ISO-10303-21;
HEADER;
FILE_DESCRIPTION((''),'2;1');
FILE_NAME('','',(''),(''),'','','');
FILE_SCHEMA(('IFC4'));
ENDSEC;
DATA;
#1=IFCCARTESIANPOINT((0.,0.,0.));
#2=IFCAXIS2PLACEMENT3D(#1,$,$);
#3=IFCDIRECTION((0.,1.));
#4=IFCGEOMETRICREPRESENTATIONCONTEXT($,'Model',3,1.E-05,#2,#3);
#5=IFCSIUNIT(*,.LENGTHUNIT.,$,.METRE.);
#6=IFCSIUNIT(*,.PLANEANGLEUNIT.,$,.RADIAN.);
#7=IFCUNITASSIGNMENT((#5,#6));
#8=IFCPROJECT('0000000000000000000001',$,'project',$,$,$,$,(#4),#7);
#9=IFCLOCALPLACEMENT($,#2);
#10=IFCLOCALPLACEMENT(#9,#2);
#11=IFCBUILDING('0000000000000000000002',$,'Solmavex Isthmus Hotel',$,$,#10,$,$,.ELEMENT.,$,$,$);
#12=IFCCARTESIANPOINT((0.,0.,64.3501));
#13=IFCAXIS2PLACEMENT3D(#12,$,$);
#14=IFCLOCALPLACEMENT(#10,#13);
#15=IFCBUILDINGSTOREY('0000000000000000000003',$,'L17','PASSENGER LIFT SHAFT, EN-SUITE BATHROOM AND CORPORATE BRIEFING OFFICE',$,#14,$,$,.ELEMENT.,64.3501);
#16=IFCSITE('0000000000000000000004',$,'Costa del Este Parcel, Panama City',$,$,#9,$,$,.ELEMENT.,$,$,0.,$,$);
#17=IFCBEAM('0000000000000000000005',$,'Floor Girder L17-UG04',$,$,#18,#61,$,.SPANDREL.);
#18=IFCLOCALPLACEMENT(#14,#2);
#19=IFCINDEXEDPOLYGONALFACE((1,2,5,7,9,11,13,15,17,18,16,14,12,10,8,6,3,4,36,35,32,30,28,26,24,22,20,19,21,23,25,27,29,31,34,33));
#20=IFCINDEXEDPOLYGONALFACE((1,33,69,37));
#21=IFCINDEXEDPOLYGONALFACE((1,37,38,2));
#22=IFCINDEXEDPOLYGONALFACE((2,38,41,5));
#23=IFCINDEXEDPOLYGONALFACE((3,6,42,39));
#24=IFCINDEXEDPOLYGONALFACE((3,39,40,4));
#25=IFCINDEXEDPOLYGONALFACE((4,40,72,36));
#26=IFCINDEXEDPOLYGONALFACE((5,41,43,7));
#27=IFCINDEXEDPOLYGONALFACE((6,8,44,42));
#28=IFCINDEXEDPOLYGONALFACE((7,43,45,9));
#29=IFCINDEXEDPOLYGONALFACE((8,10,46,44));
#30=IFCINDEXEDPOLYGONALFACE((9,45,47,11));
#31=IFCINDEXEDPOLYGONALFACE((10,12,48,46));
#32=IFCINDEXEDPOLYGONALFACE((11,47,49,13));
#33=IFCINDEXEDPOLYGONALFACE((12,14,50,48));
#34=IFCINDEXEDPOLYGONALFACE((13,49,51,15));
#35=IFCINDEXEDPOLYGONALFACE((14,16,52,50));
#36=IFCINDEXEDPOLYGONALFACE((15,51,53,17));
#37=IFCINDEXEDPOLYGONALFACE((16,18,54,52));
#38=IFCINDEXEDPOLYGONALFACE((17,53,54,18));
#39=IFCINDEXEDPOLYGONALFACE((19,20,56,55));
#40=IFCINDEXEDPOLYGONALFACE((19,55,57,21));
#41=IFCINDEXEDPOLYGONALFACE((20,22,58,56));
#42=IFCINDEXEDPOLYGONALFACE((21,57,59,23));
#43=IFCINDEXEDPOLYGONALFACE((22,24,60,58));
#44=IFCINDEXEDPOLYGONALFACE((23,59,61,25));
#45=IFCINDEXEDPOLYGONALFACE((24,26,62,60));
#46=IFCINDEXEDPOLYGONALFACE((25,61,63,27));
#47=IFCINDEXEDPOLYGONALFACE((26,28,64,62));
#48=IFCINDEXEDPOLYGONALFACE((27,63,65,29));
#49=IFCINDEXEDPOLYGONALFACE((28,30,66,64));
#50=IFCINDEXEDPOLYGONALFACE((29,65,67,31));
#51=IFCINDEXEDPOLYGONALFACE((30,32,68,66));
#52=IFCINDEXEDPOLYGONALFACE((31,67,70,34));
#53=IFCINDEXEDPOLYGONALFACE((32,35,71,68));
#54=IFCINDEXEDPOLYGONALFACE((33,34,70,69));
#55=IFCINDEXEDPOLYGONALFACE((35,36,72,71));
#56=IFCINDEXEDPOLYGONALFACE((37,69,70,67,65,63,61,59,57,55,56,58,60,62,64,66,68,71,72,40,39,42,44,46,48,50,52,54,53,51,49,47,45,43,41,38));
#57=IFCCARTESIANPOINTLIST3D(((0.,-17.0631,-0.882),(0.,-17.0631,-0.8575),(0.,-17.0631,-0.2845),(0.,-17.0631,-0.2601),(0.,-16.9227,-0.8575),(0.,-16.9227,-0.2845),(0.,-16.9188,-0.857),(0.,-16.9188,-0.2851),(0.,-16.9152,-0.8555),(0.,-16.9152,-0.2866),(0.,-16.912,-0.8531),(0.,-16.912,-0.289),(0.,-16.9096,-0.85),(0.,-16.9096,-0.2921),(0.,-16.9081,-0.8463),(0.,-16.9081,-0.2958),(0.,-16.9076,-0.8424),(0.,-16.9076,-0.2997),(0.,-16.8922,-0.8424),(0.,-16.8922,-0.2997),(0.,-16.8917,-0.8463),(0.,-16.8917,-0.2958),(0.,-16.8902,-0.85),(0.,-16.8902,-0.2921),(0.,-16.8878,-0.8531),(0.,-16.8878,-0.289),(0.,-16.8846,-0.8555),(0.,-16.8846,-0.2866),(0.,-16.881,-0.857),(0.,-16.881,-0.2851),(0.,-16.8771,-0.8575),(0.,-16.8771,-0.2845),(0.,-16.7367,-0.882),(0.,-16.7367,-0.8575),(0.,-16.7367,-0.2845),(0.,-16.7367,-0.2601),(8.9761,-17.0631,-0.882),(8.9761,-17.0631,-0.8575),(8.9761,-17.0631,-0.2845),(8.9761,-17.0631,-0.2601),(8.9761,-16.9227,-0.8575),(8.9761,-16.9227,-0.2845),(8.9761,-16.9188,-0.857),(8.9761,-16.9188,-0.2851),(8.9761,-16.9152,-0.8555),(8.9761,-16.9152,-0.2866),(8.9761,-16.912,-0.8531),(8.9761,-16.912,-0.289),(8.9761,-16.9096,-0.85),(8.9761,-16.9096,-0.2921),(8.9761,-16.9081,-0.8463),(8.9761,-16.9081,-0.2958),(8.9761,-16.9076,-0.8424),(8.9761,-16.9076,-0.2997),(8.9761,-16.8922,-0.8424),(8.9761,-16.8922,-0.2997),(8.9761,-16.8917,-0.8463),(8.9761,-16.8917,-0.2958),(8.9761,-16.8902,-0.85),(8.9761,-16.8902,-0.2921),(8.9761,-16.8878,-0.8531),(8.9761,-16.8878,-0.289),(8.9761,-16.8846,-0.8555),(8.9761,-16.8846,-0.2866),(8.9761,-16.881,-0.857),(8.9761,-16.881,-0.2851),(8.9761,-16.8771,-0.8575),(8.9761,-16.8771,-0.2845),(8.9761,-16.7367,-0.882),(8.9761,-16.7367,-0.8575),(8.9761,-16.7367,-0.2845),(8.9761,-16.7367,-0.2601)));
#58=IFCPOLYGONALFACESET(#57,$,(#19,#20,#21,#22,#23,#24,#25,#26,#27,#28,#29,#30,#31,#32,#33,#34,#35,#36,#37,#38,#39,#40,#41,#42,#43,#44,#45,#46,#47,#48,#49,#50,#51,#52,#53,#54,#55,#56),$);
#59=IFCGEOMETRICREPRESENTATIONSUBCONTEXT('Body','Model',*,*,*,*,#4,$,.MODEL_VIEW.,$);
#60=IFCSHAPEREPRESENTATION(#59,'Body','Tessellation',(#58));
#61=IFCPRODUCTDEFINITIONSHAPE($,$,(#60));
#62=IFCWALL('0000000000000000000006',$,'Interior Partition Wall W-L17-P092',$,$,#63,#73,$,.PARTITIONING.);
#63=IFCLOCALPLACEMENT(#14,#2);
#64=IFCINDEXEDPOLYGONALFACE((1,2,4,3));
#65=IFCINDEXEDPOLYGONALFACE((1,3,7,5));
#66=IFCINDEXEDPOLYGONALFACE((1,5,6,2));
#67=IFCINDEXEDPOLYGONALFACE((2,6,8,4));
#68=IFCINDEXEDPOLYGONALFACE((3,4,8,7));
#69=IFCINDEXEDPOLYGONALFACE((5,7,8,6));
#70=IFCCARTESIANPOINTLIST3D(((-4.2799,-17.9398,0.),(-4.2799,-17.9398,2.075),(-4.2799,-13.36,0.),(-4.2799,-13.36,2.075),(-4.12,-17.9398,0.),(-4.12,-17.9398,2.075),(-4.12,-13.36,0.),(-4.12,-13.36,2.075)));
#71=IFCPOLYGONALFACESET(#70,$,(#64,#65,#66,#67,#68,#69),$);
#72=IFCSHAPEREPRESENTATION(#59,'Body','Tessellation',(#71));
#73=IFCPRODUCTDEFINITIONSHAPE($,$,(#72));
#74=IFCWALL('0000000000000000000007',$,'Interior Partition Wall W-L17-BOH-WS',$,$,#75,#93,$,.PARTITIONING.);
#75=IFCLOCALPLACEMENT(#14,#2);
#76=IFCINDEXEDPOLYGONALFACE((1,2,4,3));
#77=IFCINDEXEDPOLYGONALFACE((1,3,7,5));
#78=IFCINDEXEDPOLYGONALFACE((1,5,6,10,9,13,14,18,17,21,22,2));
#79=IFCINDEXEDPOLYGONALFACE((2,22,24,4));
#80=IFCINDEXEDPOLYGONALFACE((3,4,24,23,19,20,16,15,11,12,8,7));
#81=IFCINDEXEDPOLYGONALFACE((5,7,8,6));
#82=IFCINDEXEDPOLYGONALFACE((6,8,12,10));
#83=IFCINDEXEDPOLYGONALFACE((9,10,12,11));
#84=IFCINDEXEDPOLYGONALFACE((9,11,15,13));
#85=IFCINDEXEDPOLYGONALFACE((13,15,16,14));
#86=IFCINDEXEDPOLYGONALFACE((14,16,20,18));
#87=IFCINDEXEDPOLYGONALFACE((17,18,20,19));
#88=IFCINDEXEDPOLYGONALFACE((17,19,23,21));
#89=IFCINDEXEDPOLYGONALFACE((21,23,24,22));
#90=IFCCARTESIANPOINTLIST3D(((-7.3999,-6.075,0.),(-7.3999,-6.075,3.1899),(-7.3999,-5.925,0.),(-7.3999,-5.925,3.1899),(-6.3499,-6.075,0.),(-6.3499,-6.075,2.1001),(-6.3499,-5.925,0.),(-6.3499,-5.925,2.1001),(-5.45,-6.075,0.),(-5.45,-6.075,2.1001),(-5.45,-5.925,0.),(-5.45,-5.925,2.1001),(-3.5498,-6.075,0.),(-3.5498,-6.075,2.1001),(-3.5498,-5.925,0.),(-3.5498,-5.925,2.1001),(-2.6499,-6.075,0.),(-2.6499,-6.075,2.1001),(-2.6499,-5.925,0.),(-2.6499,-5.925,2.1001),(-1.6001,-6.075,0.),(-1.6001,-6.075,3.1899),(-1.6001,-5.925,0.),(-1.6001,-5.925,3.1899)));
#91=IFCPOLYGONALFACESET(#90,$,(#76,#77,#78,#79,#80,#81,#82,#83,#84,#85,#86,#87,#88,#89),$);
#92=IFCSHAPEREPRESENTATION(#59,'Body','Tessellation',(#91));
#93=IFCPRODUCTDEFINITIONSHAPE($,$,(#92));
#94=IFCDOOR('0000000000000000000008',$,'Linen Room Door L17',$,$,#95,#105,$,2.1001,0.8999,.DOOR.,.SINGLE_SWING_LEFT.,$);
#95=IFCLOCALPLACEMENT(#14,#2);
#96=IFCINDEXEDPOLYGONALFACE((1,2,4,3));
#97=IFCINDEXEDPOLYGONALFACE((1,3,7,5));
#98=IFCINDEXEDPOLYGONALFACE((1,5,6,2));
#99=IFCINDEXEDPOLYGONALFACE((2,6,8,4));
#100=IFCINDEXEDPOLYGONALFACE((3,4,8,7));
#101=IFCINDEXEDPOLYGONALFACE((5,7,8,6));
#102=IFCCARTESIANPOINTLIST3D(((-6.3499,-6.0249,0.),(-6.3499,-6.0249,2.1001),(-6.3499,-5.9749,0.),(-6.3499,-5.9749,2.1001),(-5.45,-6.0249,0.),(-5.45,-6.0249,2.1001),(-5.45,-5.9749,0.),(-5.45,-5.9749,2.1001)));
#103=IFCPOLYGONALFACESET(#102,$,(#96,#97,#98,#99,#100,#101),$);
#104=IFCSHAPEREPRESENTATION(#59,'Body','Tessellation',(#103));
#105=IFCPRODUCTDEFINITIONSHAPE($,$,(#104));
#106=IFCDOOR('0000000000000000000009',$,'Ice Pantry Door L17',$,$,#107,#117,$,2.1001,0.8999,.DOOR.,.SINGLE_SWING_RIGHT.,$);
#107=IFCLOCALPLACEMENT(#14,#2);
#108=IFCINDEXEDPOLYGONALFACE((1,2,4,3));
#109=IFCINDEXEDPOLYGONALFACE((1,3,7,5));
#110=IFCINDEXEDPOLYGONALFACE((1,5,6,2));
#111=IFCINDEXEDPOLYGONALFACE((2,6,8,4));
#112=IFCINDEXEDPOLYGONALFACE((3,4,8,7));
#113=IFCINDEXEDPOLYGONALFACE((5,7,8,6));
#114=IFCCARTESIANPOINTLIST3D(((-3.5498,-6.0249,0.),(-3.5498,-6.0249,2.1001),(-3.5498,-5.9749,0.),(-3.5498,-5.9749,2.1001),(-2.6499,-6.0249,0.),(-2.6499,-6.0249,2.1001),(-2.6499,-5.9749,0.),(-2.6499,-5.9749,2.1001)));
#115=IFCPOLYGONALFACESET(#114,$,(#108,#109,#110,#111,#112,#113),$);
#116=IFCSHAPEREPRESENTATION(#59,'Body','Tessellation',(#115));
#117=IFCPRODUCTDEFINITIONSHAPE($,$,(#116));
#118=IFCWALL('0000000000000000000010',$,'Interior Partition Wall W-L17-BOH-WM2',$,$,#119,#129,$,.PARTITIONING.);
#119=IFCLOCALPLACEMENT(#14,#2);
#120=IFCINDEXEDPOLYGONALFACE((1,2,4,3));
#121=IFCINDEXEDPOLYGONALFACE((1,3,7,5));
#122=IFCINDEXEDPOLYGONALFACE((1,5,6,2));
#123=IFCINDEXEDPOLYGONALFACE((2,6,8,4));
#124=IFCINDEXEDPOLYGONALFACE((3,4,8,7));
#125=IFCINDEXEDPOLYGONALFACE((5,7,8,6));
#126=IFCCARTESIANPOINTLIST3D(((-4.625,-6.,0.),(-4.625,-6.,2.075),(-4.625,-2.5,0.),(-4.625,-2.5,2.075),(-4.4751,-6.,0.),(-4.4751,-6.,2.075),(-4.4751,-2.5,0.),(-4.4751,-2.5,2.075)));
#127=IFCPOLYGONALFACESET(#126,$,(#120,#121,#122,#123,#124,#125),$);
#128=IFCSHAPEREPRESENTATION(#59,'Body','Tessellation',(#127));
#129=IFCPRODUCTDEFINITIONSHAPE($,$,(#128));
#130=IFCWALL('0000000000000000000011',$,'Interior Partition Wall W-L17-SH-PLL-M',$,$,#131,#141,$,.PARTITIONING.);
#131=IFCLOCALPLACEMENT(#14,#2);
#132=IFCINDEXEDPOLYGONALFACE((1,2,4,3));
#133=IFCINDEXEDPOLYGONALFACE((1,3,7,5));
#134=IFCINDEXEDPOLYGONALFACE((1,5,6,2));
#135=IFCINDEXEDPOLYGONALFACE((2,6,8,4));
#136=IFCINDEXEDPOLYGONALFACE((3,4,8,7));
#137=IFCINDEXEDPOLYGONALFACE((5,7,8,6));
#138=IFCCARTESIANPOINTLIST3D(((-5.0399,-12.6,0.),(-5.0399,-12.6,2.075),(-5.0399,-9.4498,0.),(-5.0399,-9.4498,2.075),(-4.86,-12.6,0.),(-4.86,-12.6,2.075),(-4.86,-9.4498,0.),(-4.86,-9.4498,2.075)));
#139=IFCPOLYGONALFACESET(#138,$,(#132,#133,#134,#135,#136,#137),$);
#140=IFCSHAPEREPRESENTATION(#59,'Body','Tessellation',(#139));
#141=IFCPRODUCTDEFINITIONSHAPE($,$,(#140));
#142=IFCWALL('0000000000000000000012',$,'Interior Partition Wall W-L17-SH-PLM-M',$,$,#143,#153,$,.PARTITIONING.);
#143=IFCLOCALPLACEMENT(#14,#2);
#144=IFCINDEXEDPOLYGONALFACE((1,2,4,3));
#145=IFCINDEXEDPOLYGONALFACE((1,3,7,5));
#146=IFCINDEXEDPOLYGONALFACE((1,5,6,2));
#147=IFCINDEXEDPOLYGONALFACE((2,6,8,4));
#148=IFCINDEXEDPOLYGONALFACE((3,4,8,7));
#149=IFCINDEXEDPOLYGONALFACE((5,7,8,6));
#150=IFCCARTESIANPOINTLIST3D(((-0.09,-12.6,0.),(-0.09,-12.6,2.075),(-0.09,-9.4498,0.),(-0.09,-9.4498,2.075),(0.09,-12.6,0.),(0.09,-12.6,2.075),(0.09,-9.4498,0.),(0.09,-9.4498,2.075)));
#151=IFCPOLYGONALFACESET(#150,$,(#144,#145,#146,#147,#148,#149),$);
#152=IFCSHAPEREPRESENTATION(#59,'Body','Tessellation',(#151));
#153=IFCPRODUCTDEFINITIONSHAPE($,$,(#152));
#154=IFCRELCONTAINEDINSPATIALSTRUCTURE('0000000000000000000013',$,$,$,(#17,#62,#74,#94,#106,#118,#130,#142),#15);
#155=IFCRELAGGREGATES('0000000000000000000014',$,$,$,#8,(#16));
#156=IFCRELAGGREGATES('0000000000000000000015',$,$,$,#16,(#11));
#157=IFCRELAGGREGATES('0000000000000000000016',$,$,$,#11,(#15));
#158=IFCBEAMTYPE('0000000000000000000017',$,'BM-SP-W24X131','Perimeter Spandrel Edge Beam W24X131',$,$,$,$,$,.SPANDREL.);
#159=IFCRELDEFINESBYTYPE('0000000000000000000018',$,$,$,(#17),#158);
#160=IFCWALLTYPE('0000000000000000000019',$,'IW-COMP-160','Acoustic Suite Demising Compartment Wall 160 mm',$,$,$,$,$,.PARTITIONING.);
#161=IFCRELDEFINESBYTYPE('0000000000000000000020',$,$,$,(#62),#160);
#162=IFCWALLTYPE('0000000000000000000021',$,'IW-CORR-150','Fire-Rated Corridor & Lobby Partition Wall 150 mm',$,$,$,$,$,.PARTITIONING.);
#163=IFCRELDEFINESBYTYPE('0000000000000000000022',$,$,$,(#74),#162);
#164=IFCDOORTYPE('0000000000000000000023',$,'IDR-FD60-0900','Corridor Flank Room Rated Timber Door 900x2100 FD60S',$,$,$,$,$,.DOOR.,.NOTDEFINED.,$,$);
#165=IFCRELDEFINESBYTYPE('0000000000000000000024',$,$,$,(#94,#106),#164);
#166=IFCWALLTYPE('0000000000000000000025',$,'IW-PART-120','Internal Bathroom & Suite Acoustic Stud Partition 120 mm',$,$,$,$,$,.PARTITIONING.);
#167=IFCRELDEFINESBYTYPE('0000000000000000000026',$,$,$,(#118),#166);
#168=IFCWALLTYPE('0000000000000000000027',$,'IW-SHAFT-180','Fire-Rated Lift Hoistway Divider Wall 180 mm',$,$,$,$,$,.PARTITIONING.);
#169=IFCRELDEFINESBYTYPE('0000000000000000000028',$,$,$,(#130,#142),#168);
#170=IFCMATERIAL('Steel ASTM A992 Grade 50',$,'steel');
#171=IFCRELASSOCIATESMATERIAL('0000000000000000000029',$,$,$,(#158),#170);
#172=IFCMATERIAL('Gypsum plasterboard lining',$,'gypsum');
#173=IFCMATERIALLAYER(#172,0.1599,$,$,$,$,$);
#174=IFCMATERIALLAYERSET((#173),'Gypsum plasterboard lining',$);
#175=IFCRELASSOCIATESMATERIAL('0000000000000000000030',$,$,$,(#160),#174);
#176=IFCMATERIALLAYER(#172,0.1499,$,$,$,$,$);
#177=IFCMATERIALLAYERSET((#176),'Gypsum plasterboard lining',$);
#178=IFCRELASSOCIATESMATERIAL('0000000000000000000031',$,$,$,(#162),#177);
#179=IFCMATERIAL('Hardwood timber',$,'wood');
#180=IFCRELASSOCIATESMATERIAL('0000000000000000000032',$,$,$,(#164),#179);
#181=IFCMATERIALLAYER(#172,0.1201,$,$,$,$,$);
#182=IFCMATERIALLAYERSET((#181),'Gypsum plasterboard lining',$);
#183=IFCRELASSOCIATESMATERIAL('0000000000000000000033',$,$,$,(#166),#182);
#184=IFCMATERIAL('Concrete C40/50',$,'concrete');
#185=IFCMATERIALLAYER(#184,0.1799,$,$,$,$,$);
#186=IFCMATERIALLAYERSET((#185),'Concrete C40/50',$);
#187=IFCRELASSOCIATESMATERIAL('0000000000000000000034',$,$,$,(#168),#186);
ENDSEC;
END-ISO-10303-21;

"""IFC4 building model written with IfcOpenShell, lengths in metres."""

from ifc_helpers import new_model, si_unit, direction, frame, frame_2d, origin, origin_2d, place, context, subcontext, project, spatial, rectangle, i_section, extrude, material, layer, layer_set, material_profile, profile_set, type_object, element, fill, save


model = new_model("IFC4")

# Units and contexts
model_context = context("Model", 3, precision=1e-05, world=origin(), true_north=direction((0.0, 1.0)))
body_context = subcontext(model_context, "Body", "Model", "MODEL_VIEW")
ifc_project = project(units=[si_unit("LENGTHUNIT", "METRE"), si_unit("PLANEANGLEUNIT", "RADIAN")], contexts=[model_context])

# Site, building, storey
site_placement = place(None, origin())
site = spatial("IfcSite", under=ifc_project, at=site_placement, Name="Costa del Este Parcel, Panama City", CompositionType="ELEMENT", RefElevation=0.0)
building_placement = place(site_placement, origin())
building = spatial("IfcBuilding", under=site, at=building_placement, Name="Solmavex Isthmus Hotel", CompositionType="ELEMENT")
storey_placement = place(building_placement, frame((0.0, 0.0, 64.3501)))
storey = spatial("IfcBuildingStorey", under=building, at=storey_placement, Name="L17", Description="PASSENGER LIFT SHAFT, EN-SUITE BATHROOM AND CORPORATE BRIEFING OFFICE", CompositionType="ELEMENT", Elevation=64.3501)

# Beam
ifc_material_1 = material(Name="Steel ASTM A992 Grade 50", Category="steel")
ifc_material_profile_1 = material_profile(ifc_material_1, i_section(OverallWidth=0.3264, OverallDepth=0.6218, WebThickness=0.0154, FlangeThickness=0.0244, FilletRadius=0.0151, at=origin_2d()), Name="W24X131")
ifc_profile_set_1 = profile_set([ifc_material_profile_1], Name="Steel ASTM A992 Grade 50")
beam_type_1 = type_object("IfcBeamType", Name="BM-SP-W24X131", Description="Perimeter Spandrel Edge Beam W24X131", PredefinedType="SPANDREL", material=ifc_profile_set_1)
beam_1_placement = place(storey_placement, frame((0.0, -16.8999, -0.571), z_axis=(1.0, 0.0, 0.0), x_axis=(0.0, 1.0, 0.0)))
element("IfcBeam", 1, at=beam_1_placement, inside=storey, type_object=beam_type_1, Name="Floor Girder L17-UG04", PredefinedType="SPANDREL", context=body_context, shape_type="SweptSolid", body=[
    extrude(i_section(OverallWidth=0.3264, OverallDepth=0.6218, WebThickness=0.0154, FlangeThickness=0.0244, FilletRadius=0.0151, at=origin_2d()), origin(), (0.0, 0.0, 1.0), 8.9761),
])

# Wall
ifc_material_2 = material(Name="Gypsum plasterboard lining", Category="gypsum")
ifc_layer_1 = layer(ifc_material_2, 0.1599)
ifc_layer_set_1 = layer_set([ifc_layer_1], Name="Gypsum plasterboard lining")
wall_type_1 = type_object("IfcWallType", Name="IW-COMP-160", Description="Acoustic Suite Demising Compartment Wall 160 mm", PredefinedType="PARTITIONING", material=ifc_layer_set_1)
wall_1_placement = place(storey_placement, frame((-4.2, -17.9399, 0.0), z_axis=(0.0, 0.0, 1.0), x_axis=(0.0, 1.0, 0.0)))
element("IfcWall", 2, at=wall_1_placement, inside=storey, type_object=wall_type_1, Name="Interior Partition Wall W-L17-P092", PredefinedType="PARTITIONING", context=body_context, shape_type="SweptSolid", body=[
    extrude(rectangle(XDim=4.5798, YDim=0.1599, at=frame_2d((2.29, 0.0))), origin(), (0.0, 0.0, 1.0), 2.075),
])

# Wall, openings, doors
ifc_layer_2 = layer(ifc_material_2, 0.1499)
ifc_layer_set_2 = layer_set([ifc_layer_2], Name="Gypsum plasterboard lining")
wall_type_2 = type_object("IfcWallType", Name="IW-CORR-150", Description="Fire-Rated Corridor & Lobby Partition Wall 150 mm", PredefinedType="PARTITIONING", material=ifc_layer_set_2)
wall_2_placement = place(storey_placement, frame((-7.3999, -6.0, 0.0), z_axis=(0.0, 0.0, 1.0), x_axis=(1.0, 0.0, 0.0)))
wall_2 = element("IfcWall", 3, at=wall_2_placement, inside=storey, type_object=wall_type_2, Name="Interior Partition Wall W-L17-BOH-WS", PredefinedType="PARTITIONING", context=body_context, shape_type="SweptSolid", body=[
    extrude(rectangle(XDim=5.7998, YDim=0.1499, at=frame_2d((2.8999, 0.0))), origin(), (0.0, 0.0, 1.0), 3.1899),
])
opening_1_placement = place(wall_2_placement, frame((1.05, 0.0, 0.0)))
opening_1 = element("IfcOpeningElement", 4, at=opening_1_placement, cuts=wall_2, PredefinedType="OPENING", context=body_context, shape_type="SweptSolid", body=[
    extrude(rectangle(XDim=0.8999, YDim=2.1001, at=frame_2d((0.45, 1.05))), frame((0.0, 0.085, 0.0), z_axis=(0.0, -1.0, 0.0), x_axis=(1.0, 0.0, 0.0)), (0.0, 0.0, 1.0), 0.1699),
])
opening_2_placement = place(wall_2_placement, frame((3.8501, 0.0, 0.0)))
opening_2 = element("IfcOpeningElement", 5, at=opening_2_placement, cuts=wall_2, PredefinedType="OPENING", context=body_context, shape_type="SweptSolid", body=[
    extrude(rectangle(XDim=0.8999, YDim=2.1001, at=frame_2d((0.45, 1.05))), frame((0.0, 0.085, 0.0), z_axis=(0.0, -1.0, 0.0), x_axis=(1.0, 0.0, 0.0)), (0.0, 0.0, 1.0), 0.1699),
])
ifc_material_3 = material(Name="Hardwood timber", Category="wood")
door_type_1 = type_object("IfcDoorType", Name="IDR-FD60-0900", Description="Corridor Flank Room Rated Timber Door 900x2100 FD60S", OperationType="NOTDEFINED", PredefinedType="DOOR", material=ifc_material_3)
door_1_placement = place(opening_1_placement, frame((0.8999, 0.0, 0.0), z_axis=(0.0, 0.0, 1.0), x_axis=(-1.0, 0.0, 0.0)))
door_1 = element("IfcDoor", 6, at=door_1_placement, inside=storey, type_object=door_type_1, Name="Linen Room Door L17", OperationType="SINGLE_SWING_LEFT", OverallHeight=2.1001, OverallWidth=0.8999, PredefinedType="DOOR", context=body_context, shape_type="SweptSolid", body=[
    extrude(rectangle(XDim=0.8999, YDim=2.1001, at=frame_2d((0.45, 1.05))), frame((0.0, 0.0249, 0.0), z_axis=(0.0, -1.0, 0.0), x_axis=(1.0, 0.0, 0.0)), (0.0, 0.0, 1.0), 0.05),
])
fill(opening_1, door_1)
door_2_placement = place(opening_2_placement, frame((0.8999, 0.0, 0.0), z_axis=(0.0, 0.0, 1.0), x_axis=(-1.0, 0.0, 0.0)))
door_2 = element("IfcDoor", 7, at=door_2_placement, inside=storey, type_object=door_type_1, Name="Ice Pantry Door L17", OperationType="SINGLE_SWING_RIGHT", OverallHeight=2.1001, OverallWidth=0.8999, PredefinedType="DOOR", context=body_context, shape_type="SweptSolid", body=[
    extrude(rectangle(XDim=0.8999, YDim=2.1001, at=frame_2d((0.45, 1.05))), frame((0.0, 0.0249, 0.0), z_axis=(0.0, -1.0, 0.0), x_axis=(1.0, 0.0, 0.0)), (0.0, 0.0, 1.0), 0.05),
])
fill(opening_2, door_2)

# Walls
ifc_layer_3 = layer(ifc_material_2, 0.1201)
ifc_layer_set_3 = layer_set([ifc_layer_3], Name="Gypsum plasterboard lining")
wall_type_3 = type_object("IfcWallType", Name="IW-PART-120", Description="Internal Bathroom & Suite Acoustic Stud Partition 120 mm", PredefinedType="PARTITIONING", material=ifc_layer_set_3)
wall_3_placement = place(storey_placement, frame((-4.55, -6.0, 0.0), z_axis=(0.0, 0.0, 1.0), x_axis=(0.0, 1.0, 0.0)))
element("IfcWall", 8, at=wall_3_placement, inside=storey, type_object=wall_type_3, Name="Interior Partition Wall W-L17-BOH-WM2", PredefinedType="PARTITIONING", context=body_context, shape_type="SweptSolid", body=[
    extrude(rectangle(XDim=3.5, YDim=0.1499, at=frame_2d((1.75, 0.0))), origin(), (0.0, 0.0, 1.0), 2.075),
])
ifc_material_4 = material(Name="Concrete C40/50", Category="concrete")
ifc_layer_4 = layer(ifc_material_4, 0.1799)
ifc_layer_set_4 = layer_set([ifc_layer_4], Name="Concrete C40/50")
wall_type_4 = type_object("IfcWallType", Name="IW-SHAFT-180", Description="Fire-Rated Lift Hoistway Divider Wall 180 mm", PredefinedType="PARTITIONING", material=ifc_layer_set_4)
for number, where, z_axis, x_axis, name in (
    (9, (-4.95, -12.6001, 0.0), (0.0, 0.0, 1.0), (0.0, 1.0, 0.0), "Interior Partition Wall W-L17-SH-PLL-M"),
    (10, (0.0, -12.6001, 0.0), (0.0, 0.0, 1.0), (0.0, 1.0, 0.0), "Interior Partition Wall W-L17-SH-PLM-M"),
):
    element("IfcWall", number, at=place(storey_placement, frame(where, z_axis=z_axis, x_axis=x_axis)), inside=storey, type_object=wall_type_4, Name=name, PredefinedType="PARTITIONING", context=body_context, shape_type="SweptSolid", body=[
        extrude(rectangle(XDim=3.1501, YDim=0.1799, at=frame_2d((1.5752, 0.0))), origin(), (0.0, 0.0, 1.0), 2.075),
    ])

save(model, "model.ifc")
